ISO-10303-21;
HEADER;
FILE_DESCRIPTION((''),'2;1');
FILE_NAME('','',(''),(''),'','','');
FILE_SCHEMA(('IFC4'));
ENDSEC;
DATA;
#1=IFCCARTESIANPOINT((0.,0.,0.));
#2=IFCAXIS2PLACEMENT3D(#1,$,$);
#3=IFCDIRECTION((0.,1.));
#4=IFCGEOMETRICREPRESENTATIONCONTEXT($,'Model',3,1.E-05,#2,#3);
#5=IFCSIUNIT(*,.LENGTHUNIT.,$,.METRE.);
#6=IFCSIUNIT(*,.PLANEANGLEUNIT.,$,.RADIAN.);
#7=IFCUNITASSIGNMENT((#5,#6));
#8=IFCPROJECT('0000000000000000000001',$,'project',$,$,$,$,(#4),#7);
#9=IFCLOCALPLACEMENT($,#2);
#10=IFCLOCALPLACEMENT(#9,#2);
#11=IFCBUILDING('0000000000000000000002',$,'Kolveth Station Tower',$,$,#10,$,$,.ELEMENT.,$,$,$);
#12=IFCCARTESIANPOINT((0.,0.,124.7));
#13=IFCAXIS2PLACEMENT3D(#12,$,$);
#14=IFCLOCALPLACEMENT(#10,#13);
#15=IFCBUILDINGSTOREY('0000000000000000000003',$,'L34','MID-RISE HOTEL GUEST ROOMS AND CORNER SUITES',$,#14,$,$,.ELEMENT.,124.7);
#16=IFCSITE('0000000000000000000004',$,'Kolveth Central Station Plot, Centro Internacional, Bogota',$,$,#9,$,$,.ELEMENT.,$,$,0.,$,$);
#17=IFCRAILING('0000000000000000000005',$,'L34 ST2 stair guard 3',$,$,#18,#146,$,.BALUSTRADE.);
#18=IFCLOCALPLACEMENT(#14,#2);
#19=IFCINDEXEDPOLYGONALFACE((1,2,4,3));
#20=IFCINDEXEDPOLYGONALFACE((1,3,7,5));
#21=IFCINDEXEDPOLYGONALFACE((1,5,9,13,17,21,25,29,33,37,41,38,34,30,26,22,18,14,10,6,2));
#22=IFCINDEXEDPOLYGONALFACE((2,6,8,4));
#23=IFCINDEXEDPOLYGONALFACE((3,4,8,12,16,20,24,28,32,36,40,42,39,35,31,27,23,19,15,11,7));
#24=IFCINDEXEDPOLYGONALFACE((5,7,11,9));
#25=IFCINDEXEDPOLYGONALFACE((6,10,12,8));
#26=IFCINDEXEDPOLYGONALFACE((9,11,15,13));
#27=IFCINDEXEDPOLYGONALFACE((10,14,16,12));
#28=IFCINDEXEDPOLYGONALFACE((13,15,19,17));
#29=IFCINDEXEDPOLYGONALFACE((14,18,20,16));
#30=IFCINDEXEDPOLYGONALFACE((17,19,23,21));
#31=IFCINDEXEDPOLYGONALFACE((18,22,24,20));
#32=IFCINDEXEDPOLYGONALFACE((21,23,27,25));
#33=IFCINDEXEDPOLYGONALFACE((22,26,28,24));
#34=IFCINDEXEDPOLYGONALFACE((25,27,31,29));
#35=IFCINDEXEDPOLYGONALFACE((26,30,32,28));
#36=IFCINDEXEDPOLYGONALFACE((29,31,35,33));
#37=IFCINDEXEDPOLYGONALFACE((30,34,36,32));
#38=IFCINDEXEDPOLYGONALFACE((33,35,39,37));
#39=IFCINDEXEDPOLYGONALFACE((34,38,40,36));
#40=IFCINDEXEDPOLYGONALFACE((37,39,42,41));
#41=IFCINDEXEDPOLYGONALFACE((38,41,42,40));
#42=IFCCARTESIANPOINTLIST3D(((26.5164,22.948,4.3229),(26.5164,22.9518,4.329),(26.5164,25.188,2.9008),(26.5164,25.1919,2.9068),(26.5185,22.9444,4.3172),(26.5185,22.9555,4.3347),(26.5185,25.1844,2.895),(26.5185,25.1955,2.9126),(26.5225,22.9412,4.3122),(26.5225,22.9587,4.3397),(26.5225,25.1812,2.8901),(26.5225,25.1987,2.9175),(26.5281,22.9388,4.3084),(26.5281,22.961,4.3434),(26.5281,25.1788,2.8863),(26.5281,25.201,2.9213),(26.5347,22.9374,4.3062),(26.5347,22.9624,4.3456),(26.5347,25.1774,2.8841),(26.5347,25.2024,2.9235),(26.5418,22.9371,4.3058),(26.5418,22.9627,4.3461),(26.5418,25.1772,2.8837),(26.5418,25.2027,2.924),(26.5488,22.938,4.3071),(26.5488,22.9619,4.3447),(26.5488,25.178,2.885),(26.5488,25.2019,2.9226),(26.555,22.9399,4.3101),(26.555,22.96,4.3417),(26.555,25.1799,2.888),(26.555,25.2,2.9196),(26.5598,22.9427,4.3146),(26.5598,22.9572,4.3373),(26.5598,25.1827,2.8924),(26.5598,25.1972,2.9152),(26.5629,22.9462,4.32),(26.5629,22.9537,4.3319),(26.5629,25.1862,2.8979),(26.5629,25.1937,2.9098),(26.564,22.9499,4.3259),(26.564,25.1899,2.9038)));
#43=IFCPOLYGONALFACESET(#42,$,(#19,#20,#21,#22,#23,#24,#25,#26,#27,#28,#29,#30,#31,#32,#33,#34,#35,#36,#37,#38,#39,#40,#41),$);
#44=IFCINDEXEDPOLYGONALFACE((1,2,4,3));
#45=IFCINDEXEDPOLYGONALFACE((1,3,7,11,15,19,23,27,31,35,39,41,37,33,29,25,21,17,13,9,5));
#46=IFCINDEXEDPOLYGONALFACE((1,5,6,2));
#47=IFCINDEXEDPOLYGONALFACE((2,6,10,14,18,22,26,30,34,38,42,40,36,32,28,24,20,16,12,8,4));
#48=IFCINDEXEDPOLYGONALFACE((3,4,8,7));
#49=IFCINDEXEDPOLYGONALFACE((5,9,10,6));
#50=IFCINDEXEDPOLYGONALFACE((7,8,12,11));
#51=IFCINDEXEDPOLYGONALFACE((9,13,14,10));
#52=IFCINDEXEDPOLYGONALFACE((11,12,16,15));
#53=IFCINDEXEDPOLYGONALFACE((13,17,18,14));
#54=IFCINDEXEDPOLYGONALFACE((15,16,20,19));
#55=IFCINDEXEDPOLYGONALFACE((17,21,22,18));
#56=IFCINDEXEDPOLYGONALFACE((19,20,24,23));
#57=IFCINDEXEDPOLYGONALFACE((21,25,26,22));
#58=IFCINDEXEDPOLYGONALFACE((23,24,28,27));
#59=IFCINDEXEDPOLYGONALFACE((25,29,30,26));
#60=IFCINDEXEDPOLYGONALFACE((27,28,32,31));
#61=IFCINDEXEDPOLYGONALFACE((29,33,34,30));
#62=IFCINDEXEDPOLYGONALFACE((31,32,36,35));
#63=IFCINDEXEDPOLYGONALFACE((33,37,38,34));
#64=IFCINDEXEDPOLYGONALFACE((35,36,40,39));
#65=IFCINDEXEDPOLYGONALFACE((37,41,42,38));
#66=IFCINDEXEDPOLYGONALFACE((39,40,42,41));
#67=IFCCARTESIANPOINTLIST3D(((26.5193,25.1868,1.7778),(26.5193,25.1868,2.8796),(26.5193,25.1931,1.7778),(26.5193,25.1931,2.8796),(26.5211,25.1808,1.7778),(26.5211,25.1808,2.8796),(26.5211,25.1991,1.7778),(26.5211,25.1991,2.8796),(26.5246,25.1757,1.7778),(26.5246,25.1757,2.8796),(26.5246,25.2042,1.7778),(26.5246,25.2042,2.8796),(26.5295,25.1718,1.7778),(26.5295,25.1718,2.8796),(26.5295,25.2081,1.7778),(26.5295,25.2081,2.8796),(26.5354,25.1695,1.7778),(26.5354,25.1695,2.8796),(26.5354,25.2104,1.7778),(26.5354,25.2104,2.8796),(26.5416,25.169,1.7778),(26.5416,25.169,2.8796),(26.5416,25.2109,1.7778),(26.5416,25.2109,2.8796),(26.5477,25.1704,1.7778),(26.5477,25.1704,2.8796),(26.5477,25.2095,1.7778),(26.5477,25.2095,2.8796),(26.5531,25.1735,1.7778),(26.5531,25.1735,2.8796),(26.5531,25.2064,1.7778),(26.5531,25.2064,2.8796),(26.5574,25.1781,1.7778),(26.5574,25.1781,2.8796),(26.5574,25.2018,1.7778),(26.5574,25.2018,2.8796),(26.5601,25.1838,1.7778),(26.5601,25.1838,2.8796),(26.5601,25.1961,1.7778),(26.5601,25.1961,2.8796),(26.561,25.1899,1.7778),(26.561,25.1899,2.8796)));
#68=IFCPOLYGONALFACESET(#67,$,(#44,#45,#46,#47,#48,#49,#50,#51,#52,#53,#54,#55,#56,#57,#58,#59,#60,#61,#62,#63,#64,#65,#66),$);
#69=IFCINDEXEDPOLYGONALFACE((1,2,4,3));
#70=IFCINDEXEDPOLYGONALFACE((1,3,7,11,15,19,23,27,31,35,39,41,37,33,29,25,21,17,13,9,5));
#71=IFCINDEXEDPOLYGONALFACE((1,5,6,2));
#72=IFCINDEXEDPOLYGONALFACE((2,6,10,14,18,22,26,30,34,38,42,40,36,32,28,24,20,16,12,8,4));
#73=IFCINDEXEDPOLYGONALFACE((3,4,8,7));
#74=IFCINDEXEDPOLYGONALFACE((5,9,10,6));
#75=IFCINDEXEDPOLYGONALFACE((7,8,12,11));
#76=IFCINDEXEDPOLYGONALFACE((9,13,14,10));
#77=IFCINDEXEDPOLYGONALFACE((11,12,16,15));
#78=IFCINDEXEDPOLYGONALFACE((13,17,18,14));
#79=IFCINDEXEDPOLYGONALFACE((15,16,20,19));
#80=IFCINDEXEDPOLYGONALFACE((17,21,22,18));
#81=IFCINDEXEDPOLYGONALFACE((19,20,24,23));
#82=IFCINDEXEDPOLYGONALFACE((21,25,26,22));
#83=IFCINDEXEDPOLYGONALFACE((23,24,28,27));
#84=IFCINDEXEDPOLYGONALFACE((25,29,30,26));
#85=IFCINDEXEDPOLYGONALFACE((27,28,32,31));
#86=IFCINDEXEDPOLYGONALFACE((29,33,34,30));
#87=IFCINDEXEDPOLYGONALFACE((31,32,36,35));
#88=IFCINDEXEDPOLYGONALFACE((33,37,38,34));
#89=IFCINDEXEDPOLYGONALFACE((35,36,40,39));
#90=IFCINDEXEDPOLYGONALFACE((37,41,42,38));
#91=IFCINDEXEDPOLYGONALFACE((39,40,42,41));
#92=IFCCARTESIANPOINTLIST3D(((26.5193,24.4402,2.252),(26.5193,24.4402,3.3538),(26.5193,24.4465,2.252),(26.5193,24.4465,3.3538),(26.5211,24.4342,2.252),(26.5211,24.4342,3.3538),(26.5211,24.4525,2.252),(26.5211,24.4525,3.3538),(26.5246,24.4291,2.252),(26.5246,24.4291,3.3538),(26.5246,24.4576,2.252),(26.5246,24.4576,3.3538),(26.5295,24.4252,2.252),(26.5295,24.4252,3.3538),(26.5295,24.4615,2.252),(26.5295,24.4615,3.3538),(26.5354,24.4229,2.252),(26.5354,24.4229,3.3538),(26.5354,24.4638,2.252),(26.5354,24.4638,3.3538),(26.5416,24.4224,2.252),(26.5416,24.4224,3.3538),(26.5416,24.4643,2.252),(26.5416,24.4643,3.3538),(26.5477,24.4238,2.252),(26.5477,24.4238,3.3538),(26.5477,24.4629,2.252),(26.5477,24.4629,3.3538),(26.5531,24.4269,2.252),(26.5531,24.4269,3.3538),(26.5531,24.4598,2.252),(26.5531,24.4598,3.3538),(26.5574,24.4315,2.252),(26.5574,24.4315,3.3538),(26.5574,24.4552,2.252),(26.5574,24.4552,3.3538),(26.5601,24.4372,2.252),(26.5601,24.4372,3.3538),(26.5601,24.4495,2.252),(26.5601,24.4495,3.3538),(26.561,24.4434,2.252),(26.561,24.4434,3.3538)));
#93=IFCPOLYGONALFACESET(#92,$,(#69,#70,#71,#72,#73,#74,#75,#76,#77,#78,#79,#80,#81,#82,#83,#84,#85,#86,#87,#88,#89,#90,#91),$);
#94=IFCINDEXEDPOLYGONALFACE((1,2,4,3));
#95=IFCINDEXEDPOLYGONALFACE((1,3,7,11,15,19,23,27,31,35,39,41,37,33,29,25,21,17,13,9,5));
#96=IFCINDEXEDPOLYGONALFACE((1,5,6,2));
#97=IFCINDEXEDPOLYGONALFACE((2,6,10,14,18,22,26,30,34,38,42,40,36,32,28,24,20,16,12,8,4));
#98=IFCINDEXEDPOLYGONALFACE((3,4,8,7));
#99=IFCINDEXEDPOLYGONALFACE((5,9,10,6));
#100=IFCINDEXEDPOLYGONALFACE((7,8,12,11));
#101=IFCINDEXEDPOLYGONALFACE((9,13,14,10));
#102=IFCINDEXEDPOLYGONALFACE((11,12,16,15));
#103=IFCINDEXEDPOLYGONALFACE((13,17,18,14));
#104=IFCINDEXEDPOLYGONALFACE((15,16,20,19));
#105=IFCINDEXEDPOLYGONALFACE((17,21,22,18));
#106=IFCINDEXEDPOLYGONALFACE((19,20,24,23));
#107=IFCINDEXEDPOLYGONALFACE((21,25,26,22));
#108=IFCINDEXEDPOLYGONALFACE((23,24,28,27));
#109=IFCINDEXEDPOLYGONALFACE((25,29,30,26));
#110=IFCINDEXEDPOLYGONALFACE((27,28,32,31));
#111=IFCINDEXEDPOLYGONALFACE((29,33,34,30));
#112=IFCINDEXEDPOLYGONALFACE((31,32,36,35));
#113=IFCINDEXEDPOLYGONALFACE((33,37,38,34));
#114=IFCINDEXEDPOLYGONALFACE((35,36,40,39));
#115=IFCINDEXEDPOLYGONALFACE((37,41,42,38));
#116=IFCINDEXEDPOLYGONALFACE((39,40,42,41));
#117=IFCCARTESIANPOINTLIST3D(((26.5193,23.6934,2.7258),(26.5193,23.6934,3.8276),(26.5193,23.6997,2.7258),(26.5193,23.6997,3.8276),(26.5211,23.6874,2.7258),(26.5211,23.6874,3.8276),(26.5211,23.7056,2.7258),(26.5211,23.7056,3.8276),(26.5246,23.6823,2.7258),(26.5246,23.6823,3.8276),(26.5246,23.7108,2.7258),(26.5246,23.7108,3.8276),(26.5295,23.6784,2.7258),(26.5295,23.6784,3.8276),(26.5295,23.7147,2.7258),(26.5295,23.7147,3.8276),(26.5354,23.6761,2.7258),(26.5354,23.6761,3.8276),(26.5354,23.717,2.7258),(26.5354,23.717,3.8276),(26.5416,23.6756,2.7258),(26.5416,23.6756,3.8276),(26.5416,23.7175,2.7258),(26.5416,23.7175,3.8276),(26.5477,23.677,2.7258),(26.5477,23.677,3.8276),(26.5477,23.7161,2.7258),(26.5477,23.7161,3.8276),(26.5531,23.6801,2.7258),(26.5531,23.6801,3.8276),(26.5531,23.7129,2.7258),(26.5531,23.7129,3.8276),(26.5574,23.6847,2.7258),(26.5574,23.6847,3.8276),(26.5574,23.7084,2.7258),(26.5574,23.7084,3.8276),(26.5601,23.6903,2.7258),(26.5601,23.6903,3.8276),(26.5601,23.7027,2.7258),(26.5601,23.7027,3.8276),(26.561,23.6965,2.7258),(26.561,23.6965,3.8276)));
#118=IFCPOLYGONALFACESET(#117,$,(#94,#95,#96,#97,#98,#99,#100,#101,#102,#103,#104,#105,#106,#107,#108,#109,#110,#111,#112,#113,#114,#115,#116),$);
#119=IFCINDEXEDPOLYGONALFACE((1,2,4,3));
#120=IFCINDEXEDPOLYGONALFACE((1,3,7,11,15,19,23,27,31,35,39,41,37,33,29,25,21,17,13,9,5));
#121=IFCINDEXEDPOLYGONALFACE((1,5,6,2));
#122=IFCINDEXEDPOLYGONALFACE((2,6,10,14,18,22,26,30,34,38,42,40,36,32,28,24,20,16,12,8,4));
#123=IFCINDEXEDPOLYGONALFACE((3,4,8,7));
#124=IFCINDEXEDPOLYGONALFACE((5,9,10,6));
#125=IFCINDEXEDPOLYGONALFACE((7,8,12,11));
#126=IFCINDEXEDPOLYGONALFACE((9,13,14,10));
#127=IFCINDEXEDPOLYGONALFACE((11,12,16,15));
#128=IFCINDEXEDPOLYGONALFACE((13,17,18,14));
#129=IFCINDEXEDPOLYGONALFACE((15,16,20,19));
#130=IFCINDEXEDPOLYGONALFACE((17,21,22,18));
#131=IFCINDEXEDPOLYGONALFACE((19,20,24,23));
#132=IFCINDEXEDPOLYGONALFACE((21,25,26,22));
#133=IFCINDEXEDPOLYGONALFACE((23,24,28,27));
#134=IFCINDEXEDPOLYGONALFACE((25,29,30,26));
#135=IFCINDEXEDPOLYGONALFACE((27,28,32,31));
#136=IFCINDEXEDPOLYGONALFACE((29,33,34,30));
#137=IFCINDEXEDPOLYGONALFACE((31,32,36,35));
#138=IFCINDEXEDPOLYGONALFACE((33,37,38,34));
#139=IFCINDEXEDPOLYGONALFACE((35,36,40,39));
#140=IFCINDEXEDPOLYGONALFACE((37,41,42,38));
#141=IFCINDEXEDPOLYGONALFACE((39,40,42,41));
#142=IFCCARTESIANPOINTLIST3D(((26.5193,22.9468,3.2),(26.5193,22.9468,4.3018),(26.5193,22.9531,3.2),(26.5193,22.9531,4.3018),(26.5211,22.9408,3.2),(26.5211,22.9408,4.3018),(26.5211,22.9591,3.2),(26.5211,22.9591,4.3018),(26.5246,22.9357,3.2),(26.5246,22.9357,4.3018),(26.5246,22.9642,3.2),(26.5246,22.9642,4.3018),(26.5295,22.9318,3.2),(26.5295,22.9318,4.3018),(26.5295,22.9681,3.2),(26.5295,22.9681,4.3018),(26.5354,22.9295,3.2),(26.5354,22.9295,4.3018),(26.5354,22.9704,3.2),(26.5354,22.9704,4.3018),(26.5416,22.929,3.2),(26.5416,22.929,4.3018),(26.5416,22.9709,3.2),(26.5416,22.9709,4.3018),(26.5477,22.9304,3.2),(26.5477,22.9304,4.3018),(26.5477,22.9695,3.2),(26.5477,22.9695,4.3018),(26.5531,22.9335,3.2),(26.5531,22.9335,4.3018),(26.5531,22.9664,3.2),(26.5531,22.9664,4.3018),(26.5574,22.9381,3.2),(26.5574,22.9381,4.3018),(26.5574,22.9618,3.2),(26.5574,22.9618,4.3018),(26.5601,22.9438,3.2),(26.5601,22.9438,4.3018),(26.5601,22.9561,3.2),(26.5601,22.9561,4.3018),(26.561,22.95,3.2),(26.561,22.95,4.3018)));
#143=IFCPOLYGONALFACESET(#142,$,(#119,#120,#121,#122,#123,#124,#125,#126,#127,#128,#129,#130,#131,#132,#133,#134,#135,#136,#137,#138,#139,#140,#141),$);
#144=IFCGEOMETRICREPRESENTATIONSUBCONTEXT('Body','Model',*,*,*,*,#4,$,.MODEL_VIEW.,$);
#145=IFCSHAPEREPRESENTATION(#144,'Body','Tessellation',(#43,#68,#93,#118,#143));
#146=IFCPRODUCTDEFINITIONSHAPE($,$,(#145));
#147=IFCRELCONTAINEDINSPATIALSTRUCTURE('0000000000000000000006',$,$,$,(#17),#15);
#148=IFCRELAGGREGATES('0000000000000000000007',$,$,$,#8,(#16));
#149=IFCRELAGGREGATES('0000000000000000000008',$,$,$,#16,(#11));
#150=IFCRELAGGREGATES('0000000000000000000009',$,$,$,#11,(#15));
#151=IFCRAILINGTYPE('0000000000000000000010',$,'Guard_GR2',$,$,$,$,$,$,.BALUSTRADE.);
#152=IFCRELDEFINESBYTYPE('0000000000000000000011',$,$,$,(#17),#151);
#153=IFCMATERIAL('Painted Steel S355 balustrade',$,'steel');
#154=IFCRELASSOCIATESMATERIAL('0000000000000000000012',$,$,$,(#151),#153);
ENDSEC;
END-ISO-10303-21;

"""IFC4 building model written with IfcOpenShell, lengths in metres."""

from ifc_helpers import new_model, si_unit, direction, frame, origin, origin_2d, place, context, subcontext, project, spatial, circle, extrude, material, type_object, element, save


model = new_model("IFC4")

# Units and contexts
model_context = context("Model", 3, precision=1e-05, world=origin(), true_north=direction((0.0, 1.0)))
body_context = subcontext(model_context, "Body", "Model", "MODEL_VIEW")
ifc_project = project(units=[si_unit("LENGTHUNIT", "METRE"), si_unit("PLANEANGLEUNIT", "RADIAN")], contexts=[model_context])

# Site, building, storey
site_placement = place(None, origin())
site = spatial("IfcSite", under=ifc_project, at=site_placement, Name="Kolveth Central Station Plot, Centro Internacional, Bogota", CompositionType="ELEMENT", RefElevation=0.0)
building_placement = place(site_placement, origin())
building = spatial("IfcBuilding", under=site, at=building_placement, Name="Kolveth Station Tower", CompositionType="ELEMENT")
storey_placement = place(building_placement, frame((0.0, 0.0, 124.7)))
storey = spatial("IfcBuildingStorey", under=building, at=storey_placement, Name="L34", Description="MID-RISE HOTEL GUEST ROOMS AND CORNER SUITES", CompositionType="ELEMENT", Elevation=124.7)

# Railing
ifc_material_1 = material(Name="Painted Steel S355 balustrade", Category="steel")
railing_type_1 = type_object("IfcRailingType", Name="Guard_GR2", PredefinedType="BALUSTRADE", material=ifc_material_1)
railing_1_placement = place(storey_placement, frame((26.54, 25.1899, 1.7778)))
element("IfcRailing", 1, at=railing_1_placement, inside=storey, type_object=railing_type_1, Name="L34 ST2 stair guard 3", PredefinedType="BALUSTRADE", context=body_context, shape_type="SweptSolid", body=[
    extrude(circle(Radius=0.0239, at=origin_2d()), frame((0.0, 0.0, 1.126), z_axis=(0.0, -0.844229, 0.535982), x_axis=(1.0, 0.0, 0.0)), (0.0, 0.0, 1.0), 2.6533),
    extrude(circle(Radius=0.021, at=origin_2d()), origin(), (0.0, 0.0, 1.0), 1.1018),
    extrude(circle(Radius=0.021, at=origin_2d()), frame((0.0, -0.7466, 0.4741)), (0.0, 0.0, 1.0), 1.1018),
    extrude(circle(Radius=0.021, at=origin_2d()), frame((0.0, -1.4934, 0.948)), (0.0, 0.0, 1.0), 1.1018),
    extrude(circle(Radius=0.021, at=origin_2d()), frame((0.0, -2.24, 1.4221)), (0.0, 0.0, 1.0), 1.1018),
])

save(model, "model.ifc")
